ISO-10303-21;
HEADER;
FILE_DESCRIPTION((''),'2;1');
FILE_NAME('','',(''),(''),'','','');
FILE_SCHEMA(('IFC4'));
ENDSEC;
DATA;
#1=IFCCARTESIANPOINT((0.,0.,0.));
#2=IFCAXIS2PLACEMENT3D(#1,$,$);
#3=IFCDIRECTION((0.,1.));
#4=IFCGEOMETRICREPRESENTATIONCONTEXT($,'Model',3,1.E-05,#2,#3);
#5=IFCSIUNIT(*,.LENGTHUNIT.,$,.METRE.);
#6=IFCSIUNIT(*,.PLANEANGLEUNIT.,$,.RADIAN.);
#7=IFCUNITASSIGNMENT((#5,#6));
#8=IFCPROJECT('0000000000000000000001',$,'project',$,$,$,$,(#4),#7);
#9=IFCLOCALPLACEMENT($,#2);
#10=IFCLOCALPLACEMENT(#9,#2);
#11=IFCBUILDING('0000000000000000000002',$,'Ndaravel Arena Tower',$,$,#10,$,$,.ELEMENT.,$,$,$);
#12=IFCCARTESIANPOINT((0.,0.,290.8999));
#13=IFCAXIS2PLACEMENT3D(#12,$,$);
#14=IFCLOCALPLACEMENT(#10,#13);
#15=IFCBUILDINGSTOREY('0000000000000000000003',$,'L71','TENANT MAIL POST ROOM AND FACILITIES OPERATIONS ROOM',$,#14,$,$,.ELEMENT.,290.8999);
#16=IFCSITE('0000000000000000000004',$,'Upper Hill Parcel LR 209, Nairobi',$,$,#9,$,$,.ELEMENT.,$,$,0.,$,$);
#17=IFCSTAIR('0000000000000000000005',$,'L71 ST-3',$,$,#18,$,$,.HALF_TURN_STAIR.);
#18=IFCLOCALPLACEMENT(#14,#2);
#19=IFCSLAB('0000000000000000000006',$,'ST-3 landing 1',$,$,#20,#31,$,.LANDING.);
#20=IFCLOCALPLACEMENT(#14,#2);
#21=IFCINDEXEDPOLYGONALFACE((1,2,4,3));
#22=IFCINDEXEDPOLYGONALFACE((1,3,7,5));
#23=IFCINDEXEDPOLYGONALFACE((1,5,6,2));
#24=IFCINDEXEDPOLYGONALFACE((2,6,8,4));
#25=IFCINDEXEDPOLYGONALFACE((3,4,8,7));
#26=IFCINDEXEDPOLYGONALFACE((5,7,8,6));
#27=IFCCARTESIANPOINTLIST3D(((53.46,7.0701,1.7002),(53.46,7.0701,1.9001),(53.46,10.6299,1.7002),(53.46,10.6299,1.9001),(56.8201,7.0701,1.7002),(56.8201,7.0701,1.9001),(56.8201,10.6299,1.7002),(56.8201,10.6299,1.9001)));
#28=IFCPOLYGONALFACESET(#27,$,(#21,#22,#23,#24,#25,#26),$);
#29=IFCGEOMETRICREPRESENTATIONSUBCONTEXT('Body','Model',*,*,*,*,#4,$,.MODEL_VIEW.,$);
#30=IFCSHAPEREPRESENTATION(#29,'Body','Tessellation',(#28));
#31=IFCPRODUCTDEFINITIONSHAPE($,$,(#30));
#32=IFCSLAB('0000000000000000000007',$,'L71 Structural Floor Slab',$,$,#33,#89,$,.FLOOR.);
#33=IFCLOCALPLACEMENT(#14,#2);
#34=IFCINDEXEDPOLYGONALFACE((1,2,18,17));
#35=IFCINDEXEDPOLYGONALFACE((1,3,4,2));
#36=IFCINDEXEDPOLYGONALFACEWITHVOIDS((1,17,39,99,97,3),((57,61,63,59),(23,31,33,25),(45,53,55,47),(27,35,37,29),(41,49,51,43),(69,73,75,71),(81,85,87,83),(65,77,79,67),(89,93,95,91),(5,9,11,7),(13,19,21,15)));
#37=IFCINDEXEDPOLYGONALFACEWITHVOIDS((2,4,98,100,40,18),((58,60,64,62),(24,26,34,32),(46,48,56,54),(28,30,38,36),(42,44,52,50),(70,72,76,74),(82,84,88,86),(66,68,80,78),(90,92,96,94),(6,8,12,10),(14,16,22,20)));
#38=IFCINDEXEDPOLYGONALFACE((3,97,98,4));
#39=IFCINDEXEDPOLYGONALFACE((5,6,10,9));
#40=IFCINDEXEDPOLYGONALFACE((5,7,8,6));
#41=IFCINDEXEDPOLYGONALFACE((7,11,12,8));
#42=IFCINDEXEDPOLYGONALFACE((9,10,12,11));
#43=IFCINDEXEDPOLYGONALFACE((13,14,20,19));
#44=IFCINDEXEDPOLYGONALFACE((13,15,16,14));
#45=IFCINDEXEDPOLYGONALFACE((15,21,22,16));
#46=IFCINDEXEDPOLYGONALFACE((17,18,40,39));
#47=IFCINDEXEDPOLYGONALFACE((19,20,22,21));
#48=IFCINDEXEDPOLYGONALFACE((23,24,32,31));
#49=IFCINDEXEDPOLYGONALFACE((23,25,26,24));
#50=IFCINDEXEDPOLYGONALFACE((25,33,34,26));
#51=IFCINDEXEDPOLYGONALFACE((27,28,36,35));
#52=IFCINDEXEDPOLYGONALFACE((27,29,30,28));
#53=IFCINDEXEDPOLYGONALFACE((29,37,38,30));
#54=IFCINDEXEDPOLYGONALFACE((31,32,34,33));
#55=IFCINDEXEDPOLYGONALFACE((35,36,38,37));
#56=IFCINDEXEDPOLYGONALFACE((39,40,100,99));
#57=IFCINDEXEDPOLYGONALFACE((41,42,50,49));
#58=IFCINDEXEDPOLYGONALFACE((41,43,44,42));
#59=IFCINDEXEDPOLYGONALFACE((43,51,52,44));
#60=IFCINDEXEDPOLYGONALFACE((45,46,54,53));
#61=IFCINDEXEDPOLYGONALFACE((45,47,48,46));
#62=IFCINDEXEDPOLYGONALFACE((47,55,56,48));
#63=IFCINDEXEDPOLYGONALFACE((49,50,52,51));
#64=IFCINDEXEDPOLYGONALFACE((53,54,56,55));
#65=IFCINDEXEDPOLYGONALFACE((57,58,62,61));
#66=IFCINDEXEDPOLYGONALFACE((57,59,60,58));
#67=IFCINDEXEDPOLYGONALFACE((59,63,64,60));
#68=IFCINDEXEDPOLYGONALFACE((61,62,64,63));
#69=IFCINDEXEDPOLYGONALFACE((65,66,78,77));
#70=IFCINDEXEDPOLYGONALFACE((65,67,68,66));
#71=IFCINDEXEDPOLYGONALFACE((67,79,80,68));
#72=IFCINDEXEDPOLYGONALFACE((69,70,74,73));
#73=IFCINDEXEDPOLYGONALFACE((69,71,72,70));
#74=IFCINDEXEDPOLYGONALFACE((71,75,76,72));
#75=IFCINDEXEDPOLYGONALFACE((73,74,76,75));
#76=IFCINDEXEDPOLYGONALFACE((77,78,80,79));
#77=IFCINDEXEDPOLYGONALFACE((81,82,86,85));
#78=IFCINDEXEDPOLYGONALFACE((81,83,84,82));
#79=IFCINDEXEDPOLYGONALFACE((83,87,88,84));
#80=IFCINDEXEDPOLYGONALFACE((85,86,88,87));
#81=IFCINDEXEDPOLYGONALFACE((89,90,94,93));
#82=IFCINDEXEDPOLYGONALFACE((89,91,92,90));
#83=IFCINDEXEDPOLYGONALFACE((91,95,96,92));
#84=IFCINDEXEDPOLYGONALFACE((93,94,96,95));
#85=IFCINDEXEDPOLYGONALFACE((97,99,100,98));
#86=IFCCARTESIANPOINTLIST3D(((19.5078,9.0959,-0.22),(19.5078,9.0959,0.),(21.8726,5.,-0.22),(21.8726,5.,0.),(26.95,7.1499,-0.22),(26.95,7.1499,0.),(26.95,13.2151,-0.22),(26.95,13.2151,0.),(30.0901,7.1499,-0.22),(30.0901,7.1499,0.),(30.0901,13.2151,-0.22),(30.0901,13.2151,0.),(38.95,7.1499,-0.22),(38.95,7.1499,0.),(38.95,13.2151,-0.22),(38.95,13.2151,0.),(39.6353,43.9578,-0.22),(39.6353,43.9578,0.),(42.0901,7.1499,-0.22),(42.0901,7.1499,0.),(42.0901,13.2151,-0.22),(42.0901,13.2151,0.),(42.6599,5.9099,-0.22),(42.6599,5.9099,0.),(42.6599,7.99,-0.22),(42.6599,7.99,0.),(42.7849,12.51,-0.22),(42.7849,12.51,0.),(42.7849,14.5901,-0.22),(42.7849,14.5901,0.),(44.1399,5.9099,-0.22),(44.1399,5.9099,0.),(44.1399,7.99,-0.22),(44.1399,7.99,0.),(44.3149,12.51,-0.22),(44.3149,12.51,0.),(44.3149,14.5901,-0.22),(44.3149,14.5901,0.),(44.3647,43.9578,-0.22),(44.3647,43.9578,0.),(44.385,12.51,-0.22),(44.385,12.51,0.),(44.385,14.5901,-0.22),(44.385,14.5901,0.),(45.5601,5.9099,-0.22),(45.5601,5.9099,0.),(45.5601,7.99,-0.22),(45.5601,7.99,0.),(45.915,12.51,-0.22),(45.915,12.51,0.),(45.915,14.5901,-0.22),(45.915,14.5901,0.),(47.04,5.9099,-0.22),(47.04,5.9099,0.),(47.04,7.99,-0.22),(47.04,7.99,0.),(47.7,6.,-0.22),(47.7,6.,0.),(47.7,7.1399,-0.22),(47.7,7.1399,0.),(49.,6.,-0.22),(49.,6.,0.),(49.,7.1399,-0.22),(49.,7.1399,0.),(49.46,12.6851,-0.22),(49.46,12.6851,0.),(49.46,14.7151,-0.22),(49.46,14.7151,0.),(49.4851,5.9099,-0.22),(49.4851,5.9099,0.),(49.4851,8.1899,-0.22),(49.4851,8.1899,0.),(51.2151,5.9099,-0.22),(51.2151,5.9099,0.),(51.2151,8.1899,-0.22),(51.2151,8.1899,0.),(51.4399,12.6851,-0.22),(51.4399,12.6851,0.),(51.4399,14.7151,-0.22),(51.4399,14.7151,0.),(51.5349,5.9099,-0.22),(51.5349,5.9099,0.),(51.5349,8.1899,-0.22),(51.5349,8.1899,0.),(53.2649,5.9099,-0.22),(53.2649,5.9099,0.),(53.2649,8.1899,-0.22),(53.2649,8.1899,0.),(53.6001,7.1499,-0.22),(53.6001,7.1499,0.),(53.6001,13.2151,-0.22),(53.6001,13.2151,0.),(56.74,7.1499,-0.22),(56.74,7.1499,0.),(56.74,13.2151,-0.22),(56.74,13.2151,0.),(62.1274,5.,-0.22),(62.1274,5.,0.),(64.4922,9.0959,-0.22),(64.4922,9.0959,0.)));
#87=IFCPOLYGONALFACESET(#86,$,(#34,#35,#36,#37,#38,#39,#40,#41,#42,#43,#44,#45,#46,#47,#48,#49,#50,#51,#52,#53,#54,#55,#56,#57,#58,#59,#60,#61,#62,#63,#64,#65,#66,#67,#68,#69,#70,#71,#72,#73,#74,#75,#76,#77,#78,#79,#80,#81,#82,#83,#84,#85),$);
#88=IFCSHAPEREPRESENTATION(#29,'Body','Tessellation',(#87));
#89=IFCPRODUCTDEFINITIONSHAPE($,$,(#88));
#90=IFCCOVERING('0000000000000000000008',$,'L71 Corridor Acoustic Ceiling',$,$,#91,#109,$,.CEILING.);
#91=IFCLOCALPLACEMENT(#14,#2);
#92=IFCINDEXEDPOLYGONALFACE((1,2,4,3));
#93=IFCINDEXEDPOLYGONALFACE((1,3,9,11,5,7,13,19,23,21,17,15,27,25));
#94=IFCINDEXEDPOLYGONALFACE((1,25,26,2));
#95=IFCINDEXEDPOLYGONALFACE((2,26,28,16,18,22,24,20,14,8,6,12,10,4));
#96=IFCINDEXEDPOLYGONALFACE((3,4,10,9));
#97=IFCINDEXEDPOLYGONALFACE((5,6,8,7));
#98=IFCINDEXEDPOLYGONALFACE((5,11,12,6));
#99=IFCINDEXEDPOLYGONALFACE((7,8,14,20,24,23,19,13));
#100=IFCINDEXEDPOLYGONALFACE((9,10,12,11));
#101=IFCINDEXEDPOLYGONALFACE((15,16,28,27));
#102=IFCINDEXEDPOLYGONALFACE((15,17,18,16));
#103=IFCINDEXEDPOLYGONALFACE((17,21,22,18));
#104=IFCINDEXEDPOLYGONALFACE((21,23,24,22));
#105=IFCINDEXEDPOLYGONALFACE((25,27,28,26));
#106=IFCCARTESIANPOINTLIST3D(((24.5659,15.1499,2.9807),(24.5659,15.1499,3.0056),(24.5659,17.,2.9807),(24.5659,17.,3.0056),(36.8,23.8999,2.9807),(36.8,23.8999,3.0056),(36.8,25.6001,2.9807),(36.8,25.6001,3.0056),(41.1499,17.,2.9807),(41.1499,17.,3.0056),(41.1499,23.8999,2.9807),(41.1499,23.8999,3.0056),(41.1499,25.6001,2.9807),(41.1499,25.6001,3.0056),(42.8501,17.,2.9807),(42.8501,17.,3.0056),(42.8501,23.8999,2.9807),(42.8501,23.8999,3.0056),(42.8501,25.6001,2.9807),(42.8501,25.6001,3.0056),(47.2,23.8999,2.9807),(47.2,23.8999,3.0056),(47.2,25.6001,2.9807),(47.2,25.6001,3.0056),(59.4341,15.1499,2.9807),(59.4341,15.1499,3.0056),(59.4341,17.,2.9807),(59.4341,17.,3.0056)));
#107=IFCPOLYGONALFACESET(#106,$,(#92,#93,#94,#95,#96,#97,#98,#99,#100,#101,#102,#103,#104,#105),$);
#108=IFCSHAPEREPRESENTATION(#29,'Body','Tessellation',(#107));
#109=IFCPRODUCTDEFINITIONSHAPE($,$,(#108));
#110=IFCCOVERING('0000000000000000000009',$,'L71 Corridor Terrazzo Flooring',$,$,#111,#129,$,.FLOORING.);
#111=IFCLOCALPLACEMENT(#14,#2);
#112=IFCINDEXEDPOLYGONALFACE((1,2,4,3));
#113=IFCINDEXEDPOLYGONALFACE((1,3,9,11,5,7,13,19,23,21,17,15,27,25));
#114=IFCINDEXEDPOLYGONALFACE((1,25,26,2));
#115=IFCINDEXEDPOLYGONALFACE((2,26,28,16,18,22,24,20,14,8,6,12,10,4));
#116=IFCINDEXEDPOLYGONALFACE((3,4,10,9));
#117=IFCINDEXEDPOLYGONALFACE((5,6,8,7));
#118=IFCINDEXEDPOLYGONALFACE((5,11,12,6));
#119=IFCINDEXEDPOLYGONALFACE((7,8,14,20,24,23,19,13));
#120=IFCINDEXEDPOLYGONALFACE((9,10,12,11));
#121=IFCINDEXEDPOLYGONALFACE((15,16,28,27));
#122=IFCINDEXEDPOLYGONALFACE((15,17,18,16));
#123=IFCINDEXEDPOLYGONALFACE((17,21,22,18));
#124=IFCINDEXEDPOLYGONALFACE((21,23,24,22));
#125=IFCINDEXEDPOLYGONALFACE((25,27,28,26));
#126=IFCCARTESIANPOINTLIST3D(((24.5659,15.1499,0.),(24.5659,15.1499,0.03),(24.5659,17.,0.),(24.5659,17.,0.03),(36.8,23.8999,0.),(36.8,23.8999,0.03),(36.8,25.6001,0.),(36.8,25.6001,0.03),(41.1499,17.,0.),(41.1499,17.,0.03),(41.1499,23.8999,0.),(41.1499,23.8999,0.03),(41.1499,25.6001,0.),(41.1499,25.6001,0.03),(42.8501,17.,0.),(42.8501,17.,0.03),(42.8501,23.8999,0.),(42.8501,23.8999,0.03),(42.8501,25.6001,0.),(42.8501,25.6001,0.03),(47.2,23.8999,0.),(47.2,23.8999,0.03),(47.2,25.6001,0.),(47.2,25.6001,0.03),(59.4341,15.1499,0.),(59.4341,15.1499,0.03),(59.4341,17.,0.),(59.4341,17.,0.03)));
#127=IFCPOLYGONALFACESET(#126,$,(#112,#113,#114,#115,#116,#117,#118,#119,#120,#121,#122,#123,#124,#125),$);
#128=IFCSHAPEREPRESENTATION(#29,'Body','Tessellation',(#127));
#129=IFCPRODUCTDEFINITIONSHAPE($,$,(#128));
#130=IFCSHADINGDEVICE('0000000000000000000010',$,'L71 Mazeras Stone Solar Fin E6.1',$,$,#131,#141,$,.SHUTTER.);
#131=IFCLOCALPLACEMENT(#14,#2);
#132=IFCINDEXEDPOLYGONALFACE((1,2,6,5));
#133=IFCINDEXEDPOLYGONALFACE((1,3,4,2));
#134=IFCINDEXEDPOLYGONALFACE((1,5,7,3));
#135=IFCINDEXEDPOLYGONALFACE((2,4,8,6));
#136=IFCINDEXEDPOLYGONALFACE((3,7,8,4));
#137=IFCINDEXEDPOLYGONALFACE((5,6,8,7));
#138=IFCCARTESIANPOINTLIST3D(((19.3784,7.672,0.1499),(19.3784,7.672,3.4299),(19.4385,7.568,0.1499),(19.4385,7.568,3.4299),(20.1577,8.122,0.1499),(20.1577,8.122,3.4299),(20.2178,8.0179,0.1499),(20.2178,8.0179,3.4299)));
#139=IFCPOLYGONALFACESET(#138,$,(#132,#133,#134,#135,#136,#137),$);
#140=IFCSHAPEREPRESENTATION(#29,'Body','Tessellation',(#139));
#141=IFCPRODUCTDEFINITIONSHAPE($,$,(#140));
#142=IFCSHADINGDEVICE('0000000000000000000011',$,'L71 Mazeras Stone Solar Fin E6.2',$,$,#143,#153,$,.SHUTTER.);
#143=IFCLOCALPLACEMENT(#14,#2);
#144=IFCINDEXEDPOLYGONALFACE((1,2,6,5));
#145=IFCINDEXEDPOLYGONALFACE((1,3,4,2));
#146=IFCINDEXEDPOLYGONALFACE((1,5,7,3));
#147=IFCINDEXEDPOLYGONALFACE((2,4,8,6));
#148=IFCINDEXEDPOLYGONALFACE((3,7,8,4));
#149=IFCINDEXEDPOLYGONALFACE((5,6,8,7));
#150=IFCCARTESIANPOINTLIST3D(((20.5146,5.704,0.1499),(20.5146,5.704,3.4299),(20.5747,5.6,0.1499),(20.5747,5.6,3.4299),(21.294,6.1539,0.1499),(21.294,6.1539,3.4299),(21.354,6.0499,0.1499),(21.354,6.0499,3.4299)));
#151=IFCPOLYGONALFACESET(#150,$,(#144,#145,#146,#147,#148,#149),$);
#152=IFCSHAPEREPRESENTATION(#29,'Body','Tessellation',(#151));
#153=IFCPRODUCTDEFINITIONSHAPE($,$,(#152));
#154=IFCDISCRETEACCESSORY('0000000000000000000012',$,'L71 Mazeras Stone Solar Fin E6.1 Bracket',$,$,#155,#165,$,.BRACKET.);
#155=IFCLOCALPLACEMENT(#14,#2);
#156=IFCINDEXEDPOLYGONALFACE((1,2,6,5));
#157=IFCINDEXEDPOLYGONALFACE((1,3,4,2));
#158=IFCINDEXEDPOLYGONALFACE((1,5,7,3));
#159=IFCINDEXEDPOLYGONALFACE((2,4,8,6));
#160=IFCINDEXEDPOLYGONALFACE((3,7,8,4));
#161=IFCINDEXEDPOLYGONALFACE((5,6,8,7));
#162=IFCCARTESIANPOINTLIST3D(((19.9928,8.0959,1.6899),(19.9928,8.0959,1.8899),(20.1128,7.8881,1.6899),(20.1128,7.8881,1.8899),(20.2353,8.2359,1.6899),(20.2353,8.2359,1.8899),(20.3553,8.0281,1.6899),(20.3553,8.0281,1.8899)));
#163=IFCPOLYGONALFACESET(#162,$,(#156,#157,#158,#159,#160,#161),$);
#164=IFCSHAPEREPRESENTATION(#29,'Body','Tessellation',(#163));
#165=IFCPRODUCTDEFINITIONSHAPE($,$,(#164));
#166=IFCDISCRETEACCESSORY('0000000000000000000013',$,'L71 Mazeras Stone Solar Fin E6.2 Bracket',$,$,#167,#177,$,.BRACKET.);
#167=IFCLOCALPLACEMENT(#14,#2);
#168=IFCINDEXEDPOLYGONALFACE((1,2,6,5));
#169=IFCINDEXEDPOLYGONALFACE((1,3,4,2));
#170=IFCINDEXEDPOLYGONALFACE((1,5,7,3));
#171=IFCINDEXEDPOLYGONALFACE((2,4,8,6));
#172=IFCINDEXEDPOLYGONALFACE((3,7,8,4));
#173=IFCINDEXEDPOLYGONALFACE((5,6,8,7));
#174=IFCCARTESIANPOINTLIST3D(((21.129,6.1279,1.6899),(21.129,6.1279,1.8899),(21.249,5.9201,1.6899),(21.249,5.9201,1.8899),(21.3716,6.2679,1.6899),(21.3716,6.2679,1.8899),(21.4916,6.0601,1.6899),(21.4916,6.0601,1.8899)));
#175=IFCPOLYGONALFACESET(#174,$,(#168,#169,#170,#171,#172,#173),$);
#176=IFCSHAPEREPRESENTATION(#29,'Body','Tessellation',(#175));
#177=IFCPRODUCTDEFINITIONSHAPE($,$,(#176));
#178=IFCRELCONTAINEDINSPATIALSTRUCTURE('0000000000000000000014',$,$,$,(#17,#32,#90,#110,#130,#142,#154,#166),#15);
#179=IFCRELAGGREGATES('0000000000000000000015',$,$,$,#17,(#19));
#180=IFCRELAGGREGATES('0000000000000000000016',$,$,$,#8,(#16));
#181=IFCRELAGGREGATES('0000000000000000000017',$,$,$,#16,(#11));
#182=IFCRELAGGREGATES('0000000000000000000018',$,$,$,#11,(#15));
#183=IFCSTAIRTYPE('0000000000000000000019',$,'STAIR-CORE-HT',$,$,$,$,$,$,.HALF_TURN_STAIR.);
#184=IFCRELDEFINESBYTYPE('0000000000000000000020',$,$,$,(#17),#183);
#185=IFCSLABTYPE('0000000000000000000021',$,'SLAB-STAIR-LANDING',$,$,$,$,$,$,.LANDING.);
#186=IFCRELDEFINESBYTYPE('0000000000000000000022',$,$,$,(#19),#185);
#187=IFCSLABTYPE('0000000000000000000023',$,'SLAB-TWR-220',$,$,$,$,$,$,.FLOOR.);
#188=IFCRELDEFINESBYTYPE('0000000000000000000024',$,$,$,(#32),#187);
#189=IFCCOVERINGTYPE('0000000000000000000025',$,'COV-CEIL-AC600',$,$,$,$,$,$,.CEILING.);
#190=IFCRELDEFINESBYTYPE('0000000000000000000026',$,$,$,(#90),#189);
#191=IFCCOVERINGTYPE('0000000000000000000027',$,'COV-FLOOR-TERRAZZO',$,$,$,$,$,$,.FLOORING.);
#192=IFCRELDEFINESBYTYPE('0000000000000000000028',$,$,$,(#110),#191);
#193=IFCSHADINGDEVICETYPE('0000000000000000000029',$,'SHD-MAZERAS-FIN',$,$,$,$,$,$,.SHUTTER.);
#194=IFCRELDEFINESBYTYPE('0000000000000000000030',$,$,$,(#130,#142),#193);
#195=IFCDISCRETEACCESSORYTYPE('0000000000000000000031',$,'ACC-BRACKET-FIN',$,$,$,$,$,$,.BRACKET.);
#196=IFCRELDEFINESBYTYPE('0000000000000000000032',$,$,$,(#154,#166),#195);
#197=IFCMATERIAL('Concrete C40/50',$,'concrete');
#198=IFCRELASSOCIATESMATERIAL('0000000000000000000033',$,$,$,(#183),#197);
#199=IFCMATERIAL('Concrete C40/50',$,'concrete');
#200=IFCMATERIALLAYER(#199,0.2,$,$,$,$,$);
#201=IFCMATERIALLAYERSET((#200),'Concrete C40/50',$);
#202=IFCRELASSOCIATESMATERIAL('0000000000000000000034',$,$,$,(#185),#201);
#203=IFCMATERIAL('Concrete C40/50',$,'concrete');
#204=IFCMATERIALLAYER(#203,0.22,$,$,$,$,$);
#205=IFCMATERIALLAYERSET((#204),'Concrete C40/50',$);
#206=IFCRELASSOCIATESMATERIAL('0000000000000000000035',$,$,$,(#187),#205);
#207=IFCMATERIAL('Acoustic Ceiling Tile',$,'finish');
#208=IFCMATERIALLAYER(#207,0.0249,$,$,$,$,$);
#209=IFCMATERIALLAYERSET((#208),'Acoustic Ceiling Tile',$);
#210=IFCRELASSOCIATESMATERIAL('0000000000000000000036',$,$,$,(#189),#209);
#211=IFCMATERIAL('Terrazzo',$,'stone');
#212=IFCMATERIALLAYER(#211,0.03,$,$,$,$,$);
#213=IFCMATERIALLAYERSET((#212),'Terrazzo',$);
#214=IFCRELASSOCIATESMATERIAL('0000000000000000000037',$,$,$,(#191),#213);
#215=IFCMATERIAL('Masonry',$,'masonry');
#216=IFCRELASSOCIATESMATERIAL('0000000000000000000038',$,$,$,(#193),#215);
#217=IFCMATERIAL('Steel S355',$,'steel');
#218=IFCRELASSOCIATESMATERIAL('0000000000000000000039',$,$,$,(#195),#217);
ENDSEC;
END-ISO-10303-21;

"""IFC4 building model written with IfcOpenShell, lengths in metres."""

from ifc_helpers import new_model, si_unit, direction, frame, origin, origin_2d, place, context, subcontext, project, spatial, polyline, rectangle, outline, extrude, material, layer, layer_set, type_object, element, aggregate, save


model = new_model("IFC4")

# Units and contexts
model_context = context("Model", 3, precision=1e-05, world=origin(), true_north=direction((0.0, 1.0)))
body_context = subcontext(model_context, "Body", "Model", "MODEL_VIEW")
ifc_project = project(units=[si_unit("LENGTHUNIT", "METRE"), si_unit("PLANEANGLEUNIT", "RADIAN")], contexts=[model_context])

# Site, building, storey
site_placement = place(None, origin())
site = spatial("IfcSite", under=ifc_project, at=site_placement, Name="Upper Hill Parcel LR 209, Nairobi", CompositionType="ELEMENT", RefElevation=0.0)
building_placement = place(site_placement, origin())
building = spatial("IfcBuilding", under=site, at=building_placement, Name="Ndaravel Arena Tower", CompositionType="ELEMENT")
storey_placement = place(building_placement, frame((0.0, 0.0, 290.8999)))
storey = spatial("IfcBuildingStorey", under=building, at=storey_placement, Name="L71", Description="TENANT MAIL POST ROOM AND FACILITIES OPERATIONS ROOM", CompositionType="ELEMENT", Elevation=290.8999)

# Stair, slab
ifc_material_1 = material(Name="Concrete C40/50", Category="concrete")
stair_type = type_object("IfcStairType", Name="STAIR-CORE-HT", PredefinedType="HALF_TURN_STAIR", material=ifc_material_1)
ifc_material_2 = material(Name="Concrete C40/50", Category="concrete")
ifc_layer_1 = layer(ifc_material_2, 0.2)
ifc_layer_set_1 = layer_set([ifc_layer_1], Name="Concrete C40/50")
slab_type_1 = type_object("IfcSlabType", Name="SLAB-STAIR-LANDING", PredefinedType="LANDING", material=ifc_layer_set_1)
stair_1_placement = place(storey_placement, origin())
stair_1 = element("IfcStair", 1, at=stair_1_placement, inside=storey, type_object=stair_type, Name="L71 ST-3", PredefinedType="HALF_TURN_STAIR")
slab_1_placement = place(storey_placement, frame((0.0, 0.0, 1.7002)))
slab_1 = element("IfcSlab", 2, at=slab_1_placement, type_object=slab_type_1, Name="ST-3 landing 1", PredefinedType="LANDING", context=body_context, shape_type="SweptSolid", body=[
    extrude(outline(polyline([(53.46, 10.6299), (53.46, 7.0701), (56.8201, 7.0701), (56.8201, 10.6299), (53.46, 10.6299)])), origin(), (0.0, 0.0, 1.0), 0.2),
])
aggregate(stair_1, [slab_1])

# Slab
ifc_material_3 = material(Name="Concrete C40/50", Category="concrete")
ifc_layer_2 = layer(ifc_material_3, 0.22)
ifc_layer_set_2 = layer_set([ifc_layer_2], Name="Concrete C40/50")
slab_type_2 = type_object("IfcSlabType", Name="SLAB-TWR-220", PredefinedType="FLOOR", material=ifc_layer_set_2)
slab_2_placement = place(storey_placement, frame((0.0, 0.0, -0.22)))
element("IfcSlab", 3, at=slab_2_placement, inside=storey, type_object=slab_type_2, Name="L71 Structural Floor Slab", PredefinedType="FLOOR", context=body_context, shape_type="SweptSolid", body=[
    extrude(outline(polyline([(19.5078, 9.0959), (21.8726, 5.0), (62.1274, 5.0), (64.4922, 9.0959), (44.3647, 43.9578), (39.6353, 43.9578), (19.5078, 9.0959)]), holes=[polyline([(26.95, 13.2151), (26.95, 7.1499), (30.0901, 7.1499), (30.0901, 13.2151), (26.95, 13.2151)]), polyline([(38.95, 13.2151), (38.95, 7.1499), (42.0901, 7.1499), (42.0901, 13.2151), (38.95, 13.2151)]), polyline([(53.6001, 13.2151), (53.6001, 7.1499), (56.74, 7.1499), (56.74, 13.2151), (53.6001, 13.2151)]), polyline([(42.6599, 5.9099), (44.1399, 5.9099), (44.1399, 7.99), (42.6599, 7.99), (42.6599, 5.9099)]), polyline([(45.5601, 5.9099), (47.04, 5.9099), (47.04, 7.99), (45.5601, 7.99), (45.5601, 5.9099)]), polyline([(42.7849, 12.51), (44.3149, 12.51), (44.3149, 14.5901), (42.7849, 14.5901), (42.7849, 12.51)]), polyline([(44.385, 12.51), (45.915, 12.51), (45.915, 14.5901), (44.385, 14.5901), (44.385, 12.51)]), polyline([(49.4851, 5.9099), (51.2151, 5.9099), (51.2151, 8.1899), (49.4851, 8.1899), (49.4851, 5.9099)]), polyline([(51.5349, 5.9099), (53.2649, 5.9099), (53.2649, 8.1899), (51.5349, 8.1899), (51.5349, 5.9099)]), polyline([(49.46, 12.6851), (51.4399, 12.6851), (51.4399, 14.7151), (49.46, 14.7151), (49.46, 12.6851)]), polyline([(47.7, 6.0), (49.0, 6.0), (49.0, 7.1399), (47.7, 7.1399), (47.7, 6.0)])]), origin(), (0.0, 0.0, 1.0), 0.22),
])

# Coverings
ifc_material_4 = material(Name="Acoustic Ceiling Tile", Category="finish")
ifc_layer_3 = layer(ifc_material_4, 0.0249)
ifc_layer_set_3 = layer_set([ifc_layer_3], Name="Acoustic Ceiling Tile")
covering_type_1 = type_object("IfcCoveringType", Name="COV-CEIL-AC600", PredefinedType="CEILING", material=ifc_layer_set_3)
covering_1_placement = place(storey_placement, frame((0.0, 0.0, 2.9807)))
element("IfcCovering", 4, at=covering_1_placement, inside=storey, type_object=covering_type_1, Name="L71 Corridor Acoustic Ceiling", PredefinedType="CEILING", context=body_context, shape_type="SweptSolid", body=[
    extrude(outline(polyline([(59.4341, 17.0), (42.8501, 17.0), (42.8501, 23.8999), (47.2, 23.8999), (47.2, 25.6001), (42.8501, 25.6001), (41.1499, 25.6001), (36.8, 25.6001), (36.8, 23.8999), (41.1499, 23.8999), (41.1499, 17.0), (24.5659, 17.0), (24.5659, 15.1499), (59.4341, 15.1499), (59.4341, 17.0)])), origin(), (0.0, 0.0, 1.0), 0.0249),
])
ifc_material_5 = material(Name="Terrazzo", Category="stone")
ifc_layer_4 = layer(ifc_material_5, 0.03)
ifc_layer_set_4 = layer_set([ifc_layer_4], Name="Terrazzo")
covering_type_2 = type_object("IfcCoveringType", Name="COV-FLOOR-TERRAZZO", PredefinedType="FLOORING", material=ifc_layer_set_4)
covering_2_placement = place(storey_placement, origin())
element("IfcCovering", 5, at=covering_2_placement, inside=storey, type_object=covering_type_2, Name="L71 Corridor Terrazzo Flooring", PredefinedType="FLOORING", context=body_context, shape_type="SweptSolid", body=[
    extrude(outline(polyline([(59.4341, 17.0), (42.8501, 17.0), (42.8501, 23.8999), (47.2, 23.8999), (47.2, 25.6001), (42.8501, 25.6001), (41.1499, 25.6001), (36.8, 25.6001), (36.8, 23.8999), (41.1499, 23.8999), (41.1499, 17.0), (24.5659, 17.0), (24.5659, 15.1499), (59.4341, 15.1499), (59.4341, 17.0)])), origin(), (0.0, 0.0, 1.0), 0.03),
])

# Shading devices
ifc_material_6 = material(Name="Masonry", Category="masonry")
shading_device_type = type_object("IfcShadingDeviceType", Name="SHD-MAZERAS-FIN", PredefinedType="SHUTTER", material=ifc_material_6)
for number, where, z_axis, x_axis, name in (
    (6, (19.7981, 7.845, 0.1499), (0.0, 0.0, 1.0), (-0.866025, -0.5, 0.0), "L71 Mazeras Stone Solar Fin E6.1"),
    (7, (20.9343, 5.877, 0.1499), (0.0, 0.0, 1.0), (-0.866025, -0.5, 0.0), "L71 Mazeras Stone Solar Fin E6.2"),
):
    element("IfcShadingDevice", number, at=place(storey_placement, frame(where, z_axis=z_axis, x_axis=x_axis)), inside=storey, type_object=shading_device_type, Name=name, PredefinedType="SHUTTER", context=body_context, shape_type="SweptSolid", body=[
        extrude(rectangle(XDim=0.8999, YDim=0.1201, at=origin_2d()), origin(), (0.0, 0.0, 1.0), 3.28),
    ])

# Discrete accessories
ifc_material_7 = material(Name="Steel S355", Category="steel")
discrete_accessory_type = type_object("IfcDiscreteAccessoryType", Name="ACC-BRACKET-FIN", PredefinedType="BRACKET", material=ifc_material_7)
for number, where, z_axis, x_axis, name in (
    (8, (20.1741, 8.062, 1.6899), (0.0, 0.0, 1.0), (-0.866025, -0.5, 0.0), "L71 Mazeras Stone Solar Fin E6.1 Bracket"),
    (9, (21.3103, 6.094, 1.6899), (0.0, 0.0, 1.0), (-0.866025, -0.5, 0.0), "L71 Mazeras Stone Solar Fin E6.2 Bracket"),
):
    element("IfcDiscreteAccessory", number, at=place(storey_placement, frame(where, z_axis=z_axis, x_axis=x_axis)), inside=storey, type_object=discrete_accessory_type, Name=name, PredefinedType="BRACKET", context=body_context, shape_type="SweptSolid", body=[
        extrude(rectangle(XDim=0.28, YDim=0.24, at=origin_2d()), origin(), (0.0, 0.0, 1.0), 0.2),
    ])

save(model, "model.ifc")
